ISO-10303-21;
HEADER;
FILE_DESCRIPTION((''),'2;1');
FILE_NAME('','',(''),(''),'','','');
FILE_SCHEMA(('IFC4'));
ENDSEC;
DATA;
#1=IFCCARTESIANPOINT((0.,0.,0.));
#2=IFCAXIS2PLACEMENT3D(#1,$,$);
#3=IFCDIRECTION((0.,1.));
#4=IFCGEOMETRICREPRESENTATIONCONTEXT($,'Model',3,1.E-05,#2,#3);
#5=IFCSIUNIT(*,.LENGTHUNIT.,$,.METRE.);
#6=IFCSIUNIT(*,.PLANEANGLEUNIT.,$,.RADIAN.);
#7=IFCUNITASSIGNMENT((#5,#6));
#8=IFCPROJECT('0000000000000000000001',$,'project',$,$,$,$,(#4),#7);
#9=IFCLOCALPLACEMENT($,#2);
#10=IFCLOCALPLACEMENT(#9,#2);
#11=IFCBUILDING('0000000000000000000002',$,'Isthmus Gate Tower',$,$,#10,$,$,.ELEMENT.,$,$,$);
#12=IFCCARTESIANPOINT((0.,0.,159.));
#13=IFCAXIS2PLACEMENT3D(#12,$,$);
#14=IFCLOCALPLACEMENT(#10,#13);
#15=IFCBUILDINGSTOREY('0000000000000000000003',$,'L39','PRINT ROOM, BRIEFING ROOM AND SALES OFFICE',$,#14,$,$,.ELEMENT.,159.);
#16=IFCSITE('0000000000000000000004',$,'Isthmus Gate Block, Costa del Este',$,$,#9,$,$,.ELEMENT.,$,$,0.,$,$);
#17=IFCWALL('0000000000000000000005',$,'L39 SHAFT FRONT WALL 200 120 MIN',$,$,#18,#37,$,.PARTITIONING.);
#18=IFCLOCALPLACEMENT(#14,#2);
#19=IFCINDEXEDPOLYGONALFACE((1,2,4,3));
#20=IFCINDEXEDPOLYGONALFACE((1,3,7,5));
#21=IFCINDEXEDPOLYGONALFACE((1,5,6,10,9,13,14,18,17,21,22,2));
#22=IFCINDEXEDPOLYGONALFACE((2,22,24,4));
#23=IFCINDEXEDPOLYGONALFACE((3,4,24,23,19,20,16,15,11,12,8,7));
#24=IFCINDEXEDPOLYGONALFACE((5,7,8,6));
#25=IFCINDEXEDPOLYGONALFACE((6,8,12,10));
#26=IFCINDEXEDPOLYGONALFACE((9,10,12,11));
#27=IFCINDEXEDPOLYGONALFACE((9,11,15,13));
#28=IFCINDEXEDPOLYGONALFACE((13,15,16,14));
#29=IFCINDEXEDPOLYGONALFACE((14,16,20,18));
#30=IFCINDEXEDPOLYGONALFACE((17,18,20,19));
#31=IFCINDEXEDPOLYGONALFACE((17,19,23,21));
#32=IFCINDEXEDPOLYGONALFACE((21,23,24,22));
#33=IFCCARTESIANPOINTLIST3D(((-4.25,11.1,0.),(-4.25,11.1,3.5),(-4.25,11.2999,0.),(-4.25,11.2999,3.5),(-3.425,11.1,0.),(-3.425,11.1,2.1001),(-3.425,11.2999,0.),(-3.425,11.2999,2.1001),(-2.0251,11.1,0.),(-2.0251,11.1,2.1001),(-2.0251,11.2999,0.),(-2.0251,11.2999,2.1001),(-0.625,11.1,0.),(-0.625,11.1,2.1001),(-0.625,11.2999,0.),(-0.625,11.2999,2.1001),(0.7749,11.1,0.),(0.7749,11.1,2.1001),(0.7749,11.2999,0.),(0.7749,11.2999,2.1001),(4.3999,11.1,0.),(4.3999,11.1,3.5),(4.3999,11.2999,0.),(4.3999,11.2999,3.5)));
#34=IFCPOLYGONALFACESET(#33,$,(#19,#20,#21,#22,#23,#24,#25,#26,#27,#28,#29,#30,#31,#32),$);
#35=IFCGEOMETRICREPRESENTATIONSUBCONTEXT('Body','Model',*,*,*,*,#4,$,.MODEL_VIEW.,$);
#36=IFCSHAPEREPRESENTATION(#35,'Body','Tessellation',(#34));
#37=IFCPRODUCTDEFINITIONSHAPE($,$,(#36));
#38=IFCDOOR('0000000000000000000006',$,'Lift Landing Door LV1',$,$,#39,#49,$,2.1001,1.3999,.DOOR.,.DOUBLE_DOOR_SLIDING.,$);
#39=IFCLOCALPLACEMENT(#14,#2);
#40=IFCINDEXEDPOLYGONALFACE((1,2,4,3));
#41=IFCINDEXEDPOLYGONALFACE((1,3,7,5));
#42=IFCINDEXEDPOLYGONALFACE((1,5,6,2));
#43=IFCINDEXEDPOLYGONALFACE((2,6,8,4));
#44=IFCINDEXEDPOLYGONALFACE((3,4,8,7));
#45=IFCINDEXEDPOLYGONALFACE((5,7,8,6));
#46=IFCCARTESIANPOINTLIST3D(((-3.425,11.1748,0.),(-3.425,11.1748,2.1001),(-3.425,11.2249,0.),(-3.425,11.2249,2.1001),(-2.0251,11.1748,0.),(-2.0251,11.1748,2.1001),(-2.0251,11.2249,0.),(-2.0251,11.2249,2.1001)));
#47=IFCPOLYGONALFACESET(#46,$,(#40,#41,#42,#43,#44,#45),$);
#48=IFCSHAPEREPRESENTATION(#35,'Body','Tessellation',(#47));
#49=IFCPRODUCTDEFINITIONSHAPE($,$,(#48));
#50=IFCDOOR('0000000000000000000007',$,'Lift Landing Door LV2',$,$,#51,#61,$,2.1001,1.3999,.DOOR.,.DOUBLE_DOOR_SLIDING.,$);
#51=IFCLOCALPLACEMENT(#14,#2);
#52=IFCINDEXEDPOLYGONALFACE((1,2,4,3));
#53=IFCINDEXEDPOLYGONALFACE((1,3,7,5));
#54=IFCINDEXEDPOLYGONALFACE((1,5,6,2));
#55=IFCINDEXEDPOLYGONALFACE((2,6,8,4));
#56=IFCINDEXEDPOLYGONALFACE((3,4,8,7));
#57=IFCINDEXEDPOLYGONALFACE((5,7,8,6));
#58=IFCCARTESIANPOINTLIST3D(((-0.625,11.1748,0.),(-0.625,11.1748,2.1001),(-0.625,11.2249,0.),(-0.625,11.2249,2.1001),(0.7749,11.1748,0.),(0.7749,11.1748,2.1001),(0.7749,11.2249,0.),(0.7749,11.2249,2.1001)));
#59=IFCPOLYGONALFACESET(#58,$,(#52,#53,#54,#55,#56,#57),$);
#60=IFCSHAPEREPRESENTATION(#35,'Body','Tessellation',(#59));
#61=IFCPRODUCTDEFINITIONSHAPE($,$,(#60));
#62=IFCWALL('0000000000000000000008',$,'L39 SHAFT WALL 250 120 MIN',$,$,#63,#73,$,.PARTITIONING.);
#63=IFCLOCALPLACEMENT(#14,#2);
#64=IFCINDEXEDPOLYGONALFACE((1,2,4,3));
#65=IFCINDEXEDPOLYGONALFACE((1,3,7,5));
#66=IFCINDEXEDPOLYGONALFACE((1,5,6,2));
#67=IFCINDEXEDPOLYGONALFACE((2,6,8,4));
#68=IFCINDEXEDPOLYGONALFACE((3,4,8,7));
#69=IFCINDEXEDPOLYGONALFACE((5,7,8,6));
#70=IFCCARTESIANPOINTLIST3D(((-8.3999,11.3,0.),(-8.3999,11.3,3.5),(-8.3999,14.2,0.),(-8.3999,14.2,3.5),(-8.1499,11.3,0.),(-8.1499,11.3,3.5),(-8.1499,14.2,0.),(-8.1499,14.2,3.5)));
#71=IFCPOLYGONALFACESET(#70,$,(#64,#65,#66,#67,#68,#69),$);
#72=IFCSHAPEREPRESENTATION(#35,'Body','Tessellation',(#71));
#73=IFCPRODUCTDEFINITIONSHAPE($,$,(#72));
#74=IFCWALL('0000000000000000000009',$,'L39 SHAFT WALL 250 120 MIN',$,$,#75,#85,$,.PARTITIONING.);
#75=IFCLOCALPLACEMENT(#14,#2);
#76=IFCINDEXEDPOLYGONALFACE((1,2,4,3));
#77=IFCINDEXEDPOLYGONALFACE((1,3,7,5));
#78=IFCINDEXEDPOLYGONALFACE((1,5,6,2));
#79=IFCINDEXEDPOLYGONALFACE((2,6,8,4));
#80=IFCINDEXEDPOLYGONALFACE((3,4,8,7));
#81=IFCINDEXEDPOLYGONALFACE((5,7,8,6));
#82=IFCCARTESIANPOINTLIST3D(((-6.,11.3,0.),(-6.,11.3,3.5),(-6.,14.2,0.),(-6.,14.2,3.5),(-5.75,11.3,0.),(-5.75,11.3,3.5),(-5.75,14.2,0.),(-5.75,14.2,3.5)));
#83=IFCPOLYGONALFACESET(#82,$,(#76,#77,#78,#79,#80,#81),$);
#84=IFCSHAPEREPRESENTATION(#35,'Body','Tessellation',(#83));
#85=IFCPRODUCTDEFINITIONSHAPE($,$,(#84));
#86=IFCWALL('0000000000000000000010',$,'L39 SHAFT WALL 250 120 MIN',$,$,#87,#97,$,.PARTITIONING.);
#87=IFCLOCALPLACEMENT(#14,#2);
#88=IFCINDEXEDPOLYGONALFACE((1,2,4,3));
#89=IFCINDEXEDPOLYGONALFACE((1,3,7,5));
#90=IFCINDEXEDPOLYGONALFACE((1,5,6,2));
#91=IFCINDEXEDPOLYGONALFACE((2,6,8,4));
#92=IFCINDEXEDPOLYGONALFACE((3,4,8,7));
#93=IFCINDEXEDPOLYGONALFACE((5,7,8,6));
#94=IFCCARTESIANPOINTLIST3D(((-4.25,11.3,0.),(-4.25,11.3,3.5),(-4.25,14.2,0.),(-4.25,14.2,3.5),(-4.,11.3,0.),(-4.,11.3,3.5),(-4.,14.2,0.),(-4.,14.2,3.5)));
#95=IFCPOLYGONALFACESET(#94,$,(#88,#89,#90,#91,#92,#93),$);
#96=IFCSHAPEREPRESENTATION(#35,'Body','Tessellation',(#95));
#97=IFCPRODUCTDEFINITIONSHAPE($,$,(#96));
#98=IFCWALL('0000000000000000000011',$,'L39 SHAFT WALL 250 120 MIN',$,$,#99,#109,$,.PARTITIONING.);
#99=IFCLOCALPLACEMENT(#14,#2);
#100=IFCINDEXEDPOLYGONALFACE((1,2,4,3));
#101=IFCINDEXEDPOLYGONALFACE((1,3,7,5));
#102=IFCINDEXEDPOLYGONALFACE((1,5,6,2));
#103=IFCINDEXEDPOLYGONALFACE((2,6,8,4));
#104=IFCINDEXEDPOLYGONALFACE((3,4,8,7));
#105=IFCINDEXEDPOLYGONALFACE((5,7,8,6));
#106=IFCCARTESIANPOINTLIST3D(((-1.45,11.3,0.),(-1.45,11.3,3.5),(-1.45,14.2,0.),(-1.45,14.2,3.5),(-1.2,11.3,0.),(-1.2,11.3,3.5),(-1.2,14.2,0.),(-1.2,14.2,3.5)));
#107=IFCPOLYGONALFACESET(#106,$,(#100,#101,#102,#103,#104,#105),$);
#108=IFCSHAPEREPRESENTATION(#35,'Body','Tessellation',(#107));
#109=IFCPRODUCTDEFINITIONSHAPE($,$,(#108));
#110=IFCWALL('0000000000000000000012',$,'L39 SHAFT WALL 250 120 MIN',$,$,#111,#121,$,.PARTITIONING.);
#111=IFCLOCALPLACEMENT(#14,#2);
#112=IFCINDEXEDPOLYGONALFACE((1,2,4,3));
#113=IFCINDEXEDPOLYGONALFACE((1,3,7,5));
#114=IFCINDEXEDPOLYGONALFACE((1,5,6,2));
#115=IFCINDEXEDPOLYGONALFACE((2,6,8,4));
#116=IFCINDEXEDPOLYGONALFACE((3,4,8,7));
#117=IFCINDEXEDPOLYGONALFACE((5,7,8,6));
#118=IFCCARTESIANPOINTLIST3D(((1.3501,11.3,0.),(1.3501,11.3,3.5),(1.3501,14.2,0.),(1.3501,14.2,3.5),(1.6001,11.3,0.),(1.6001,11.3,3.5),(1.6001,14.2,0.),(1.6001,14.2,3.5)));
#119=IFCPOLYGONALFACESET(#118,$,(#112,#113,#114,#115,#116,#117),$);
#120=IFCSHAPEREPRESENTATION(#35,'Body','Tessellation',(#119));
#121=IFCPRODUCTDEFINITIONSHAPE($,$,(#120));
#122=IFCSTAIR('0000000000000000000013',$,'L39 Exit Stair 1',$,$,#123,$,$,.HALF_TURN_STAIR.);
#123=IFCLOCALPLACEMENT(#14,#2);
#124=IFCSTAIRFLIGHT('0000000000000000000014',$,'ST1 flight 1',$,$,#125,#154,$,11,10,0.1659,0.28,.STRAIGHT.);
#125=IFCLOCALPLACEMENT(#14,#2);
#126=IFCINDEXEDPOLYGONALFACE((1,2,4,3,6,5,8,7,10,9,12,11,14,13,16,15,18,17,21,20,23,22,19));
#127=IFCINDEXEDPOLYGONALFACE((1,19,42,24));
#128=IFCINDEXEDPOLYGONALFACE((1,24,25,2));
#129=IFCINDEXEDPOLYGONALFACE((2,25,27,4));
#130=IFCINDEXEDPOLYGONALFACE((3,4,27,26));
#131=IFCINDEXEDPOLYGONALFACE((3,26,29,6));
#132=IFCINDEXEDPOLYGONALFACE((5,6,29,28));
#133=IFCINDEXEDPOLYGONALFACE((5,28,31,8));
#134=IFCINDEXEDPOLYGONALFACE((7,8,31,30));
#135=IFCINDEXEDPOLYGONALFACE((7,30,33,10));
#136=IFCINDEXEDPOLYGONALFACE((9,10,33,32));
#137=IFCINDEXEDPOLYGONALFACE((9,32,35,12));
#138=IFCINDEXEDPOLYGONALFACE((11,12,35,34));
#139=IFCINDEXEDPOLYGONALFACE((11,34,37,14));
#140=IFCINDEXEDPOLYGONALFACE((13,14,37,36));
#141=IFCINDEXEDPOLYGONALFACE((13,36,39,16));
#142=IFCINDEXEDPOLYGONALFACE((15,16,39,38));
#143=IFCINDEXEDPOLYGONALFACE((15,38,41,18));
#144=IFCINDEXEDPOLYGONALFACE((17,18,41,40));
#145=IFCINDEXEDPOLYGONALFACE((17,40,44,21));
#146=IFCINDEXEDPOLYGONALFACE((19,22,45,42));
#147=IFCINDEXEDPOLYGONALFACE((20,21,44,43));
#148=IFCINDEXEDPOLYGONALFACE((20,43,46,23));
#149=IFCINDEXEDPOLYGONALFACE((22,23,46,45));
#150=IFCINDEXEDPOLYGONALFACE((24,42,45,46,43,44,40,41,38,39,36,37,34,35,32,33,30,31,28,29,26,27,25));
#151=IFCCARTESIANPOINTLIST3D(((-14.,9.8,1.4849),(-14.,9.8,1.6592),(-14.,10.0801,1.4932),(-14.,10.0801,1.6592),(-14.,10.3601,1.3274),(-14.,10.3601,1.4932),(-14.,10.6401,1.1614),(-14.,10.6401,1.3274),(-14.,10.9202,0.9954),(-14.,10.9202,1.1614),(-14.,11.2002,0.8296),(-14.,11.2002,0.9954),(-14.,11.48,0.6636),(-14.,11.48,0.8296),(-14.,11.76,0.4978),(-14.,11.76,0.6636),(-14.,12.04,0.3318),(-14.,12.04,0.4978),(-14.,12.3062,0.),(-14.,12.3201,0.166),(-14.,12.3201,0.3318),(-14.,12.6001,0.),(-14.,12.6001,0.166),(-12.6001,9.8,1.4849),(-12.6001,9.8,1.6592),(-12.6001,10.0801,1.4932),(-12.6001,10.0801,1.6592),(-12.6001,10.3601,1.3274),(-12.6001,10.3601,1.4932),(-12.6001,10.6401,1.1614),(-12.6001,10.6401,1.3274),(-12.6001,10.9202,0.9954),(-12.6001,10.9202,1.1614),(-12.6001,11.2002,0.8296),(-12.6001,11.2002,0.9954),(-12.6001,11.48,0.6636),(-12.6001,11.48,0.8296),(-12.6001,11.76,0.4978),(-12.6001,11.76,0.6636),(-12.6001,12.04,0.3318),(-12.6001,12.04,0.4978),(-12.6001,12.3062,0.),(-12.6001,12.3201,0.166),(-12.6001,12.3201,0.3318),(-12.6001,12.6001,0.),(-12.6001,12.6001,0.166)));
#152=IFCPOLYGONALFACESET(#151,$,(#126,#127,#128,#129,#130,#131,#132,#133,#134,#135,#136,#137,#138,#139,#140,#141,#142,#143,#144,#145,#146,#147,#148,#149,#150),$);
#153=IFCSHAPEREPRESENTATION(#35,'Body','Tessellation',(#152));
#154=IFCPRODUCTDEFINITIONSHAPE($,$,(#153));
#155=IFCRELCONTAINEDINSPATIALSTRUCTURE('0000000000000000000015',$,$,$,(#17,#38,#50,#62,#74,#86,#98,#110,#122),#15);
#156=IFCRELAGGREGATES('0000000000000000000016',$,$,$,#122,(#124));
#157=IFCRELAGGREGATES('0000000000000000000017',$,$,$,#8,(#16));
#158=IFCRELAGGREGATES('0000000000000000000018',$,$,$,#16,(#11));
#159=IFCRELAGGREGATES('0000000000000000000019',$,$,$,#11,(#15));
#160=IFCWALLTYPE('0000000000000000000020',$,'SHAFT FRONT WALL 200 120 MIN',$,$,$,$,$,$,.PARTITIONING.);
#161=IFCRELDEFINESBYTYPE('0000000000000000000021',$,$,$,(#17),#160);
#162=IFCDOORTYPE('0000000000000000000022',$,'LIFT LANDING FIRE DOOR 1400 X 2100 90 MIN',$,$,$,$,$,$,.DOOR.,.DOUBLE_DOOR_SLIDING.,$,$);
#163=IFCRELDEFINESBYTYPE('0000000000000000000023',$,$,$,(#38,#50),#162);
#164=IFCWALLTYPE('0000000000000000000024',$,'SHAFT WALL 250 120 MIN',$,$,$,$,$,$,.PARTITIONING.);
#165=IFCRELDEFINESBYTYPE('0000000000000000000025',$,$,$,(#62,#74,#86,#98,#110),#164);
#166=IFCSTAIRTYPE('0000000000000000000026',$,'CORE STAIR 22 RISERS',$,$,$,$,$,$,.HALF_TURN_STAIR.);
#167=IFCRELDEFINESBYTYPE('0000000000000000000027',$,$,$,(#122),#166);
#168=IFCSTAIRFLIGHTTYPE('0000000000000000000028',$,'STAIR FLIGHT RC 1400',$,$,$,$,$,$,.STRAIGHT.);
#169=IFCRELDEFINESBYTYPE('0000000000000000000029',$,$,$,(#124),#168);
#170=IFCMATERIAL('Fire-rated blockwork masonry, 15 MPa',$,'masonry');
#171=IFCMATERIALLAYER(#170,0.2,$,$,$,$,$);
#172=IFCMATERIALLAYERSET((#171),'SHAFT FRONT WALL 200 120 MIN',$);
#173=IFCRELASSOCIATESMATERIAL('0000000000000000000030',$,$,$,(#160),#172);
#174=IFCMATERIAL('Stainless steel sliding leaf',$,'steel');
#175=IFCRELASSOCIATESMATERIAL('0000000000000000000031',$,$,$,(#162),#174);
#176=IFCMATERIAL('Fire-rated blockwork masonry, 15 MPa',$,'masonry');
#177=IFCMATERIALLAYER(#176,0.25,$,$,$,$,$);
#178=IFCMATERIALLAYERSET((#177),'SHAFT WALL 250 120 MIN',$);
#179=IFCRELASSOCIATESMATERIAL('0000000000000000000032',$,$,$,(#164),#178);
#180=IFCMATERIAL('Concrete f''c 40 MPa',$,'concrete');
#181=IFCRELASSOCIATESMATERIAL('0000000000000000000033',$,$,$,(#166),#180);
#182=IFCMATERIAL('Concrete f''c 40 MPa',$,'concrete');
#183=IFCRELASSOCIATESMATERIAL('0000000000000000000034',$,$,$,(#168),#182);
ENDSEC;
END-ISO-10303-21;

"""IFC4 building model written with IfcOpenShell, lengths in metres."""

from ifc_helpers import new_model, si_unit, direction, frame, frame_2d, origin, place, context, subcontext, project, spatial, polyline, rectangle, outline, extrude, material, layer, layer_set, type_object, element, fill, aggregate, save


model = new_model("IFC4")

# Units and contexts
model_context = context("Model", 3, precision=1e-05, world=origin(), true_north=direction((0.0, 1.0)))
body_context = subcontext(model_context, "Body", "Model", "MODEL_VIEW")
ifc_project = project(units=[si_unit("LENGTHUNIT", "METRE"), si_unit("PLANEANGLEUNIT", "RADIAN")], contexts=[model_context])

# Site, building, storey
site_placement = place(None, origin())
site = spatial("IfcSite", under=ifc_project, at=site_placement, Name="Isthmus Gate Block, Costa del Este", CompositionType="ELEMENT", RefElevation=0.0)
building_placement = place(site_placement, origin())
building = spatial("IfcBuilding", under=site, at=building_placement, Name="Isthmus Gate Tower", CompositionType="ELEMENT")
storey_placement = place(building_placement, frame((0.0, 0.0, 159.0)))
storey = spatial("IfcBuildingStorey", under=building, at=storey_placement, Name="L39", Description="PRINT ROOM, BRIEFING ROOM AND SALES OFFICE", CompositionType="ELEMENT", Elevation=159.0)

# Wall, openings, doors
ifc_material_1 = material(Name="Fire-rated blockwork masonry, 15 MPa", Category="masonry")
ifc_layer_1 = layer(ifc_material_1, 0.2)
ifc_layer_set_1 = layer_set([ifc_layer_1], Name="SHAFT FRONT WALL 200 120 MIN")
wall_type_1 = type_object("IfcWallType", Name="SHAFT FRONT WALL 200 120 MIN", PredefinedType="PARTITIONING", material=ifc_layer_set_1)
wall_1_placement = place(storey_placement, frame((-4.25, 11.2, 0.0), z_axis=(0.0, 0.0, 1.0), x_axis=(1.0, 0.0, 0.0)))
wall_1 = element("IfcWall", 1, at=wall_1_placement, inside=storey, type_object=wall_type_1, Name="L39 SHAFT FRONT WALL 200 120 MIN", PredefinedType="PARTITIONING", context=body_context, shape_type="SweptSolid", body=[
    extrude(rectangle(XDim=8.6499, YDim=0.2, at=frame_2d((4.325, 0.0))), origin(), (0.0, 0.0, 1.0), 3.5),
])
opening_1_placement = place(wall_1_placement, frame((0.825, 0.0, 0.0)))
opening_1 = element("IfcOpeningElement", 2, at=opening_1_placement, cuts=wall_1, PredefinedType="OPENING", context=body_context, shape_type="SweptSolid", body=[
    extrude(rectangle(XDim=1.3999, YDim=2.1001, at=frame_2d((0.7, 1.05))), frame((0.0, 0.1099, 0.0), z_axis=(0.0, -1.0, 0.0), x_axis=(1.0, 0.0, 0.0)), (0.0, 0.0, 1.0), 0.22),
])
opening_2_placement = place(wall_1_placement, frame((3.625, 0.0, 0.0)))
opening_2 = element("IfcOpeningElement", 3, at=opening_2_placement, cuts=wall_1, PredefinedType="OPENING", context=body_context, shape_type="SweptSolid", body=[
    extrude(rectangle(XDim=1.3999, YDim=2.1001, at=frame_2d((0.7, 1.05))), frame((0.0, 0.1099, 0.0), z_axis=(0.0, -1.0, 0.0), x_axis=(1.0, 0.0, 0.0)), (0.0, 0.0, 1.0), 0.22),
])
ifc_material_2 = material(Name="Stainless steel sliding leaf", Category="steel")
door_type_1 = type_object("IfcDoorType", Name="LIFT LANDING FIRE DOOR 1400 X 2100 90 MIN", OperationType="DOUBLE_DOOR_SLIDING", PredefinedType="DOOR", material=ifc_material_2)
door_1_placement = place(opening_1_placement, origin())
door_1 = element("IfcDoor", 4, at=door_1_placement, inside=storey, type_object=door_type_1, Name="Lift Landing Door LV1", OperationType="DOUBLE_DOOR_SLIDING", OverallHeight=2.1001, OverallWidth=1.3999, PredefinedType="DOOR", context=body_context, shape_type="SweptSolid", body=[
    extrude(rectangle(XDim=1.3999, YDim=2.1001, at=frame_2d((0.7, 1.05))), frame((0.0, 0.0249, 0.0), z_axis=(0.0, -1.0, 0.0), x_axis=(1.0, 0.0, 0.0)), (0.0, 0.0, 1.0), 0.05),
])
fill(opening_1, door_1)
door_2_placement = place(opening_2_placement, origin())
door_2 = element("IfcDoor", 5, at=door_2_placement, inside=storey, type_object=door_type_1, Name="Lift Landing Door LV2", OperationType="DOUBLE_DOOR_SLIDING", OverallHeight=2.1001, OverallWidth=1.3999, PredefinedType="DOOR", context=body_context, shape_type="SweptSolid", body=[
    extrude(rectangle(XDim=1.3999, YDim=2.1001, at=frame_2d((0.7, 1.05))), frame((0.0, 0.0249, 0.0), z_axis=(0.0, -1.0, 0.0), x_axis=(1.0, 0.0, 0.0)), (0.0, 0.0, 1.0), 0.05),
])
fill(opening_2, door_2)

# Walls
ifc_material_3 = material(Name="Fire-rated blockwork masonry, 15 MPa", Category="masonry")
ifc_layer_2 = layer(ifc_material_3, 0.25)
ifc_layer_set_2 = layer_set([ifc_layer_2], Name="SHAFT WALL 250 120 MIN")
wall_type_2 = type_object("IfcWallType", Name="SHAFT WALL 250 120 MIN", PredefinedType="PARTITIONING", material=ifc_layer_set_2)
for number, where, z_axis, x_axis, name in (
    (6, (-8.2749, 11.3, 0.0), (0.0, 0.0, 1.0), (0.0, 1.0, 0.0), "L39 SHAFT WALL 250 120 MIN"),
    (7, (-5.875, 11.3, 0.0), (0.0, 0.0, 1.0), (0.0, 1.0, 0.0), "L39 SHAFT WALL 250 120 MIN"),
    (8, (-4.125, 11.3, 0.0), (0.0, 0.0, 1.0), (0.0, 1.0, 0.0), "L39 SHAFT WALL 250 120 MIN"),
    (9, (-1.325, 11.3, 0.0), (0.0, 0.0, 1.0), (0.0, 1.0, 0.0), "L39 SHAFT WALL 250 120 MIN"),
    (10, (1.4751, 11.3, 0.0), (0.0, 0.0, 1.0), (0.0, 1.0, 0.0), "L39 SHAFT WALL 250 120 MIN"),
):
    element("IfcWall", number, at=place(storey_placement, frame(where, z_axis=z_axis, x_axis=x_axis)), inside=storey, type_object=wall_type_2, Name=name, PredefinedType="PARTITIONING", context=body_context, shape_type="SweptSolid", body=[
        extrude(rectangle(XDim=2.8999, YDim=0.25, at=frame_2d((1.45, 0.0))), origin(), (0.0, 0.0, 1.0), 3.5),
    ])

# Stair, stair flight
ifc_material_4 = material(Name="Concrete f'c 40 MPa", Category="concrete")
stair_type = type_object("IfcStairType", Name="CORE STAIR 22 RISERS", PredefinedType="HALF_TURN_STAIR", material=ifc_material_4)
stair_placement = place(storey_placement, origin())
stair = element("IfcStair", 11, at=stair_placement, inside=storey, type_object=stair_type, Name="L39 Exit Stair 1", PredefinedType="HALF_TURN_STAIR")
ifc_material_5 = material(Name="Concrete f'c 40 MPa", Category="concrete")
stair_flight_type = type_object("IfcStairFlightType", Name="STAIR FLIGHT RC 1400", PredefinedType="STRAIGHT", material=ifc_material_5)
stair_flight_placement = place(storey_placement, frame((-13.3, 12.6001, 0.0), z_axis=(0.0, 0.0, 1.0), x_axis=(0.0, -1.0, 0.0)))
stair_flight = element("IfcStairFlight", 12, at=stair_flight_placement, type_object=stair_flight_type, Name="ST1 flight 1", NumberOfRisers=11, NumberOfTreads=10, PredefinedType="STRAIGHT", RiserHeight=0.1659, TreadLength=0.28, context=body_context, shape_type="SweptSolid", body=[
    extrude(outline(polyline([(0.0, 0.0), (0.0, 0.166), (0.28, 0.166), (0.28, 0.3318), (0.5601, 0.3318), (0.5601, 0.4978), (0.8401, 0.4978), (0.8401, 0.6636), (1.1201, 0.6636), (1.1201, 0.8296), (1.3999, 0.8296), (1.3999, 0.9954), (1.6799, 0.9954), (1.6799, 1.1614), (1.96, 1.1614), (1.96, 1.3274), (2.24, 1.3274), (2.24, 1.4932), (2.52, 1.4932), (2.52, 1.6592), (2.8, 1.6592), (2.8, 1.825), (2.8, 1.4849), (0.2939, 0.0), (0.0, 0.0)])), frame((0.0, 0.7, 0.0), z_axis=(0.0, -1.0, 0.0), x_axis=(1.0, 0.0, 0.0)), (0.0, 0.0, 1.0), 1.3999),
])
aggregate(stair, [stair_flight])

save(model, "model.ifc")
